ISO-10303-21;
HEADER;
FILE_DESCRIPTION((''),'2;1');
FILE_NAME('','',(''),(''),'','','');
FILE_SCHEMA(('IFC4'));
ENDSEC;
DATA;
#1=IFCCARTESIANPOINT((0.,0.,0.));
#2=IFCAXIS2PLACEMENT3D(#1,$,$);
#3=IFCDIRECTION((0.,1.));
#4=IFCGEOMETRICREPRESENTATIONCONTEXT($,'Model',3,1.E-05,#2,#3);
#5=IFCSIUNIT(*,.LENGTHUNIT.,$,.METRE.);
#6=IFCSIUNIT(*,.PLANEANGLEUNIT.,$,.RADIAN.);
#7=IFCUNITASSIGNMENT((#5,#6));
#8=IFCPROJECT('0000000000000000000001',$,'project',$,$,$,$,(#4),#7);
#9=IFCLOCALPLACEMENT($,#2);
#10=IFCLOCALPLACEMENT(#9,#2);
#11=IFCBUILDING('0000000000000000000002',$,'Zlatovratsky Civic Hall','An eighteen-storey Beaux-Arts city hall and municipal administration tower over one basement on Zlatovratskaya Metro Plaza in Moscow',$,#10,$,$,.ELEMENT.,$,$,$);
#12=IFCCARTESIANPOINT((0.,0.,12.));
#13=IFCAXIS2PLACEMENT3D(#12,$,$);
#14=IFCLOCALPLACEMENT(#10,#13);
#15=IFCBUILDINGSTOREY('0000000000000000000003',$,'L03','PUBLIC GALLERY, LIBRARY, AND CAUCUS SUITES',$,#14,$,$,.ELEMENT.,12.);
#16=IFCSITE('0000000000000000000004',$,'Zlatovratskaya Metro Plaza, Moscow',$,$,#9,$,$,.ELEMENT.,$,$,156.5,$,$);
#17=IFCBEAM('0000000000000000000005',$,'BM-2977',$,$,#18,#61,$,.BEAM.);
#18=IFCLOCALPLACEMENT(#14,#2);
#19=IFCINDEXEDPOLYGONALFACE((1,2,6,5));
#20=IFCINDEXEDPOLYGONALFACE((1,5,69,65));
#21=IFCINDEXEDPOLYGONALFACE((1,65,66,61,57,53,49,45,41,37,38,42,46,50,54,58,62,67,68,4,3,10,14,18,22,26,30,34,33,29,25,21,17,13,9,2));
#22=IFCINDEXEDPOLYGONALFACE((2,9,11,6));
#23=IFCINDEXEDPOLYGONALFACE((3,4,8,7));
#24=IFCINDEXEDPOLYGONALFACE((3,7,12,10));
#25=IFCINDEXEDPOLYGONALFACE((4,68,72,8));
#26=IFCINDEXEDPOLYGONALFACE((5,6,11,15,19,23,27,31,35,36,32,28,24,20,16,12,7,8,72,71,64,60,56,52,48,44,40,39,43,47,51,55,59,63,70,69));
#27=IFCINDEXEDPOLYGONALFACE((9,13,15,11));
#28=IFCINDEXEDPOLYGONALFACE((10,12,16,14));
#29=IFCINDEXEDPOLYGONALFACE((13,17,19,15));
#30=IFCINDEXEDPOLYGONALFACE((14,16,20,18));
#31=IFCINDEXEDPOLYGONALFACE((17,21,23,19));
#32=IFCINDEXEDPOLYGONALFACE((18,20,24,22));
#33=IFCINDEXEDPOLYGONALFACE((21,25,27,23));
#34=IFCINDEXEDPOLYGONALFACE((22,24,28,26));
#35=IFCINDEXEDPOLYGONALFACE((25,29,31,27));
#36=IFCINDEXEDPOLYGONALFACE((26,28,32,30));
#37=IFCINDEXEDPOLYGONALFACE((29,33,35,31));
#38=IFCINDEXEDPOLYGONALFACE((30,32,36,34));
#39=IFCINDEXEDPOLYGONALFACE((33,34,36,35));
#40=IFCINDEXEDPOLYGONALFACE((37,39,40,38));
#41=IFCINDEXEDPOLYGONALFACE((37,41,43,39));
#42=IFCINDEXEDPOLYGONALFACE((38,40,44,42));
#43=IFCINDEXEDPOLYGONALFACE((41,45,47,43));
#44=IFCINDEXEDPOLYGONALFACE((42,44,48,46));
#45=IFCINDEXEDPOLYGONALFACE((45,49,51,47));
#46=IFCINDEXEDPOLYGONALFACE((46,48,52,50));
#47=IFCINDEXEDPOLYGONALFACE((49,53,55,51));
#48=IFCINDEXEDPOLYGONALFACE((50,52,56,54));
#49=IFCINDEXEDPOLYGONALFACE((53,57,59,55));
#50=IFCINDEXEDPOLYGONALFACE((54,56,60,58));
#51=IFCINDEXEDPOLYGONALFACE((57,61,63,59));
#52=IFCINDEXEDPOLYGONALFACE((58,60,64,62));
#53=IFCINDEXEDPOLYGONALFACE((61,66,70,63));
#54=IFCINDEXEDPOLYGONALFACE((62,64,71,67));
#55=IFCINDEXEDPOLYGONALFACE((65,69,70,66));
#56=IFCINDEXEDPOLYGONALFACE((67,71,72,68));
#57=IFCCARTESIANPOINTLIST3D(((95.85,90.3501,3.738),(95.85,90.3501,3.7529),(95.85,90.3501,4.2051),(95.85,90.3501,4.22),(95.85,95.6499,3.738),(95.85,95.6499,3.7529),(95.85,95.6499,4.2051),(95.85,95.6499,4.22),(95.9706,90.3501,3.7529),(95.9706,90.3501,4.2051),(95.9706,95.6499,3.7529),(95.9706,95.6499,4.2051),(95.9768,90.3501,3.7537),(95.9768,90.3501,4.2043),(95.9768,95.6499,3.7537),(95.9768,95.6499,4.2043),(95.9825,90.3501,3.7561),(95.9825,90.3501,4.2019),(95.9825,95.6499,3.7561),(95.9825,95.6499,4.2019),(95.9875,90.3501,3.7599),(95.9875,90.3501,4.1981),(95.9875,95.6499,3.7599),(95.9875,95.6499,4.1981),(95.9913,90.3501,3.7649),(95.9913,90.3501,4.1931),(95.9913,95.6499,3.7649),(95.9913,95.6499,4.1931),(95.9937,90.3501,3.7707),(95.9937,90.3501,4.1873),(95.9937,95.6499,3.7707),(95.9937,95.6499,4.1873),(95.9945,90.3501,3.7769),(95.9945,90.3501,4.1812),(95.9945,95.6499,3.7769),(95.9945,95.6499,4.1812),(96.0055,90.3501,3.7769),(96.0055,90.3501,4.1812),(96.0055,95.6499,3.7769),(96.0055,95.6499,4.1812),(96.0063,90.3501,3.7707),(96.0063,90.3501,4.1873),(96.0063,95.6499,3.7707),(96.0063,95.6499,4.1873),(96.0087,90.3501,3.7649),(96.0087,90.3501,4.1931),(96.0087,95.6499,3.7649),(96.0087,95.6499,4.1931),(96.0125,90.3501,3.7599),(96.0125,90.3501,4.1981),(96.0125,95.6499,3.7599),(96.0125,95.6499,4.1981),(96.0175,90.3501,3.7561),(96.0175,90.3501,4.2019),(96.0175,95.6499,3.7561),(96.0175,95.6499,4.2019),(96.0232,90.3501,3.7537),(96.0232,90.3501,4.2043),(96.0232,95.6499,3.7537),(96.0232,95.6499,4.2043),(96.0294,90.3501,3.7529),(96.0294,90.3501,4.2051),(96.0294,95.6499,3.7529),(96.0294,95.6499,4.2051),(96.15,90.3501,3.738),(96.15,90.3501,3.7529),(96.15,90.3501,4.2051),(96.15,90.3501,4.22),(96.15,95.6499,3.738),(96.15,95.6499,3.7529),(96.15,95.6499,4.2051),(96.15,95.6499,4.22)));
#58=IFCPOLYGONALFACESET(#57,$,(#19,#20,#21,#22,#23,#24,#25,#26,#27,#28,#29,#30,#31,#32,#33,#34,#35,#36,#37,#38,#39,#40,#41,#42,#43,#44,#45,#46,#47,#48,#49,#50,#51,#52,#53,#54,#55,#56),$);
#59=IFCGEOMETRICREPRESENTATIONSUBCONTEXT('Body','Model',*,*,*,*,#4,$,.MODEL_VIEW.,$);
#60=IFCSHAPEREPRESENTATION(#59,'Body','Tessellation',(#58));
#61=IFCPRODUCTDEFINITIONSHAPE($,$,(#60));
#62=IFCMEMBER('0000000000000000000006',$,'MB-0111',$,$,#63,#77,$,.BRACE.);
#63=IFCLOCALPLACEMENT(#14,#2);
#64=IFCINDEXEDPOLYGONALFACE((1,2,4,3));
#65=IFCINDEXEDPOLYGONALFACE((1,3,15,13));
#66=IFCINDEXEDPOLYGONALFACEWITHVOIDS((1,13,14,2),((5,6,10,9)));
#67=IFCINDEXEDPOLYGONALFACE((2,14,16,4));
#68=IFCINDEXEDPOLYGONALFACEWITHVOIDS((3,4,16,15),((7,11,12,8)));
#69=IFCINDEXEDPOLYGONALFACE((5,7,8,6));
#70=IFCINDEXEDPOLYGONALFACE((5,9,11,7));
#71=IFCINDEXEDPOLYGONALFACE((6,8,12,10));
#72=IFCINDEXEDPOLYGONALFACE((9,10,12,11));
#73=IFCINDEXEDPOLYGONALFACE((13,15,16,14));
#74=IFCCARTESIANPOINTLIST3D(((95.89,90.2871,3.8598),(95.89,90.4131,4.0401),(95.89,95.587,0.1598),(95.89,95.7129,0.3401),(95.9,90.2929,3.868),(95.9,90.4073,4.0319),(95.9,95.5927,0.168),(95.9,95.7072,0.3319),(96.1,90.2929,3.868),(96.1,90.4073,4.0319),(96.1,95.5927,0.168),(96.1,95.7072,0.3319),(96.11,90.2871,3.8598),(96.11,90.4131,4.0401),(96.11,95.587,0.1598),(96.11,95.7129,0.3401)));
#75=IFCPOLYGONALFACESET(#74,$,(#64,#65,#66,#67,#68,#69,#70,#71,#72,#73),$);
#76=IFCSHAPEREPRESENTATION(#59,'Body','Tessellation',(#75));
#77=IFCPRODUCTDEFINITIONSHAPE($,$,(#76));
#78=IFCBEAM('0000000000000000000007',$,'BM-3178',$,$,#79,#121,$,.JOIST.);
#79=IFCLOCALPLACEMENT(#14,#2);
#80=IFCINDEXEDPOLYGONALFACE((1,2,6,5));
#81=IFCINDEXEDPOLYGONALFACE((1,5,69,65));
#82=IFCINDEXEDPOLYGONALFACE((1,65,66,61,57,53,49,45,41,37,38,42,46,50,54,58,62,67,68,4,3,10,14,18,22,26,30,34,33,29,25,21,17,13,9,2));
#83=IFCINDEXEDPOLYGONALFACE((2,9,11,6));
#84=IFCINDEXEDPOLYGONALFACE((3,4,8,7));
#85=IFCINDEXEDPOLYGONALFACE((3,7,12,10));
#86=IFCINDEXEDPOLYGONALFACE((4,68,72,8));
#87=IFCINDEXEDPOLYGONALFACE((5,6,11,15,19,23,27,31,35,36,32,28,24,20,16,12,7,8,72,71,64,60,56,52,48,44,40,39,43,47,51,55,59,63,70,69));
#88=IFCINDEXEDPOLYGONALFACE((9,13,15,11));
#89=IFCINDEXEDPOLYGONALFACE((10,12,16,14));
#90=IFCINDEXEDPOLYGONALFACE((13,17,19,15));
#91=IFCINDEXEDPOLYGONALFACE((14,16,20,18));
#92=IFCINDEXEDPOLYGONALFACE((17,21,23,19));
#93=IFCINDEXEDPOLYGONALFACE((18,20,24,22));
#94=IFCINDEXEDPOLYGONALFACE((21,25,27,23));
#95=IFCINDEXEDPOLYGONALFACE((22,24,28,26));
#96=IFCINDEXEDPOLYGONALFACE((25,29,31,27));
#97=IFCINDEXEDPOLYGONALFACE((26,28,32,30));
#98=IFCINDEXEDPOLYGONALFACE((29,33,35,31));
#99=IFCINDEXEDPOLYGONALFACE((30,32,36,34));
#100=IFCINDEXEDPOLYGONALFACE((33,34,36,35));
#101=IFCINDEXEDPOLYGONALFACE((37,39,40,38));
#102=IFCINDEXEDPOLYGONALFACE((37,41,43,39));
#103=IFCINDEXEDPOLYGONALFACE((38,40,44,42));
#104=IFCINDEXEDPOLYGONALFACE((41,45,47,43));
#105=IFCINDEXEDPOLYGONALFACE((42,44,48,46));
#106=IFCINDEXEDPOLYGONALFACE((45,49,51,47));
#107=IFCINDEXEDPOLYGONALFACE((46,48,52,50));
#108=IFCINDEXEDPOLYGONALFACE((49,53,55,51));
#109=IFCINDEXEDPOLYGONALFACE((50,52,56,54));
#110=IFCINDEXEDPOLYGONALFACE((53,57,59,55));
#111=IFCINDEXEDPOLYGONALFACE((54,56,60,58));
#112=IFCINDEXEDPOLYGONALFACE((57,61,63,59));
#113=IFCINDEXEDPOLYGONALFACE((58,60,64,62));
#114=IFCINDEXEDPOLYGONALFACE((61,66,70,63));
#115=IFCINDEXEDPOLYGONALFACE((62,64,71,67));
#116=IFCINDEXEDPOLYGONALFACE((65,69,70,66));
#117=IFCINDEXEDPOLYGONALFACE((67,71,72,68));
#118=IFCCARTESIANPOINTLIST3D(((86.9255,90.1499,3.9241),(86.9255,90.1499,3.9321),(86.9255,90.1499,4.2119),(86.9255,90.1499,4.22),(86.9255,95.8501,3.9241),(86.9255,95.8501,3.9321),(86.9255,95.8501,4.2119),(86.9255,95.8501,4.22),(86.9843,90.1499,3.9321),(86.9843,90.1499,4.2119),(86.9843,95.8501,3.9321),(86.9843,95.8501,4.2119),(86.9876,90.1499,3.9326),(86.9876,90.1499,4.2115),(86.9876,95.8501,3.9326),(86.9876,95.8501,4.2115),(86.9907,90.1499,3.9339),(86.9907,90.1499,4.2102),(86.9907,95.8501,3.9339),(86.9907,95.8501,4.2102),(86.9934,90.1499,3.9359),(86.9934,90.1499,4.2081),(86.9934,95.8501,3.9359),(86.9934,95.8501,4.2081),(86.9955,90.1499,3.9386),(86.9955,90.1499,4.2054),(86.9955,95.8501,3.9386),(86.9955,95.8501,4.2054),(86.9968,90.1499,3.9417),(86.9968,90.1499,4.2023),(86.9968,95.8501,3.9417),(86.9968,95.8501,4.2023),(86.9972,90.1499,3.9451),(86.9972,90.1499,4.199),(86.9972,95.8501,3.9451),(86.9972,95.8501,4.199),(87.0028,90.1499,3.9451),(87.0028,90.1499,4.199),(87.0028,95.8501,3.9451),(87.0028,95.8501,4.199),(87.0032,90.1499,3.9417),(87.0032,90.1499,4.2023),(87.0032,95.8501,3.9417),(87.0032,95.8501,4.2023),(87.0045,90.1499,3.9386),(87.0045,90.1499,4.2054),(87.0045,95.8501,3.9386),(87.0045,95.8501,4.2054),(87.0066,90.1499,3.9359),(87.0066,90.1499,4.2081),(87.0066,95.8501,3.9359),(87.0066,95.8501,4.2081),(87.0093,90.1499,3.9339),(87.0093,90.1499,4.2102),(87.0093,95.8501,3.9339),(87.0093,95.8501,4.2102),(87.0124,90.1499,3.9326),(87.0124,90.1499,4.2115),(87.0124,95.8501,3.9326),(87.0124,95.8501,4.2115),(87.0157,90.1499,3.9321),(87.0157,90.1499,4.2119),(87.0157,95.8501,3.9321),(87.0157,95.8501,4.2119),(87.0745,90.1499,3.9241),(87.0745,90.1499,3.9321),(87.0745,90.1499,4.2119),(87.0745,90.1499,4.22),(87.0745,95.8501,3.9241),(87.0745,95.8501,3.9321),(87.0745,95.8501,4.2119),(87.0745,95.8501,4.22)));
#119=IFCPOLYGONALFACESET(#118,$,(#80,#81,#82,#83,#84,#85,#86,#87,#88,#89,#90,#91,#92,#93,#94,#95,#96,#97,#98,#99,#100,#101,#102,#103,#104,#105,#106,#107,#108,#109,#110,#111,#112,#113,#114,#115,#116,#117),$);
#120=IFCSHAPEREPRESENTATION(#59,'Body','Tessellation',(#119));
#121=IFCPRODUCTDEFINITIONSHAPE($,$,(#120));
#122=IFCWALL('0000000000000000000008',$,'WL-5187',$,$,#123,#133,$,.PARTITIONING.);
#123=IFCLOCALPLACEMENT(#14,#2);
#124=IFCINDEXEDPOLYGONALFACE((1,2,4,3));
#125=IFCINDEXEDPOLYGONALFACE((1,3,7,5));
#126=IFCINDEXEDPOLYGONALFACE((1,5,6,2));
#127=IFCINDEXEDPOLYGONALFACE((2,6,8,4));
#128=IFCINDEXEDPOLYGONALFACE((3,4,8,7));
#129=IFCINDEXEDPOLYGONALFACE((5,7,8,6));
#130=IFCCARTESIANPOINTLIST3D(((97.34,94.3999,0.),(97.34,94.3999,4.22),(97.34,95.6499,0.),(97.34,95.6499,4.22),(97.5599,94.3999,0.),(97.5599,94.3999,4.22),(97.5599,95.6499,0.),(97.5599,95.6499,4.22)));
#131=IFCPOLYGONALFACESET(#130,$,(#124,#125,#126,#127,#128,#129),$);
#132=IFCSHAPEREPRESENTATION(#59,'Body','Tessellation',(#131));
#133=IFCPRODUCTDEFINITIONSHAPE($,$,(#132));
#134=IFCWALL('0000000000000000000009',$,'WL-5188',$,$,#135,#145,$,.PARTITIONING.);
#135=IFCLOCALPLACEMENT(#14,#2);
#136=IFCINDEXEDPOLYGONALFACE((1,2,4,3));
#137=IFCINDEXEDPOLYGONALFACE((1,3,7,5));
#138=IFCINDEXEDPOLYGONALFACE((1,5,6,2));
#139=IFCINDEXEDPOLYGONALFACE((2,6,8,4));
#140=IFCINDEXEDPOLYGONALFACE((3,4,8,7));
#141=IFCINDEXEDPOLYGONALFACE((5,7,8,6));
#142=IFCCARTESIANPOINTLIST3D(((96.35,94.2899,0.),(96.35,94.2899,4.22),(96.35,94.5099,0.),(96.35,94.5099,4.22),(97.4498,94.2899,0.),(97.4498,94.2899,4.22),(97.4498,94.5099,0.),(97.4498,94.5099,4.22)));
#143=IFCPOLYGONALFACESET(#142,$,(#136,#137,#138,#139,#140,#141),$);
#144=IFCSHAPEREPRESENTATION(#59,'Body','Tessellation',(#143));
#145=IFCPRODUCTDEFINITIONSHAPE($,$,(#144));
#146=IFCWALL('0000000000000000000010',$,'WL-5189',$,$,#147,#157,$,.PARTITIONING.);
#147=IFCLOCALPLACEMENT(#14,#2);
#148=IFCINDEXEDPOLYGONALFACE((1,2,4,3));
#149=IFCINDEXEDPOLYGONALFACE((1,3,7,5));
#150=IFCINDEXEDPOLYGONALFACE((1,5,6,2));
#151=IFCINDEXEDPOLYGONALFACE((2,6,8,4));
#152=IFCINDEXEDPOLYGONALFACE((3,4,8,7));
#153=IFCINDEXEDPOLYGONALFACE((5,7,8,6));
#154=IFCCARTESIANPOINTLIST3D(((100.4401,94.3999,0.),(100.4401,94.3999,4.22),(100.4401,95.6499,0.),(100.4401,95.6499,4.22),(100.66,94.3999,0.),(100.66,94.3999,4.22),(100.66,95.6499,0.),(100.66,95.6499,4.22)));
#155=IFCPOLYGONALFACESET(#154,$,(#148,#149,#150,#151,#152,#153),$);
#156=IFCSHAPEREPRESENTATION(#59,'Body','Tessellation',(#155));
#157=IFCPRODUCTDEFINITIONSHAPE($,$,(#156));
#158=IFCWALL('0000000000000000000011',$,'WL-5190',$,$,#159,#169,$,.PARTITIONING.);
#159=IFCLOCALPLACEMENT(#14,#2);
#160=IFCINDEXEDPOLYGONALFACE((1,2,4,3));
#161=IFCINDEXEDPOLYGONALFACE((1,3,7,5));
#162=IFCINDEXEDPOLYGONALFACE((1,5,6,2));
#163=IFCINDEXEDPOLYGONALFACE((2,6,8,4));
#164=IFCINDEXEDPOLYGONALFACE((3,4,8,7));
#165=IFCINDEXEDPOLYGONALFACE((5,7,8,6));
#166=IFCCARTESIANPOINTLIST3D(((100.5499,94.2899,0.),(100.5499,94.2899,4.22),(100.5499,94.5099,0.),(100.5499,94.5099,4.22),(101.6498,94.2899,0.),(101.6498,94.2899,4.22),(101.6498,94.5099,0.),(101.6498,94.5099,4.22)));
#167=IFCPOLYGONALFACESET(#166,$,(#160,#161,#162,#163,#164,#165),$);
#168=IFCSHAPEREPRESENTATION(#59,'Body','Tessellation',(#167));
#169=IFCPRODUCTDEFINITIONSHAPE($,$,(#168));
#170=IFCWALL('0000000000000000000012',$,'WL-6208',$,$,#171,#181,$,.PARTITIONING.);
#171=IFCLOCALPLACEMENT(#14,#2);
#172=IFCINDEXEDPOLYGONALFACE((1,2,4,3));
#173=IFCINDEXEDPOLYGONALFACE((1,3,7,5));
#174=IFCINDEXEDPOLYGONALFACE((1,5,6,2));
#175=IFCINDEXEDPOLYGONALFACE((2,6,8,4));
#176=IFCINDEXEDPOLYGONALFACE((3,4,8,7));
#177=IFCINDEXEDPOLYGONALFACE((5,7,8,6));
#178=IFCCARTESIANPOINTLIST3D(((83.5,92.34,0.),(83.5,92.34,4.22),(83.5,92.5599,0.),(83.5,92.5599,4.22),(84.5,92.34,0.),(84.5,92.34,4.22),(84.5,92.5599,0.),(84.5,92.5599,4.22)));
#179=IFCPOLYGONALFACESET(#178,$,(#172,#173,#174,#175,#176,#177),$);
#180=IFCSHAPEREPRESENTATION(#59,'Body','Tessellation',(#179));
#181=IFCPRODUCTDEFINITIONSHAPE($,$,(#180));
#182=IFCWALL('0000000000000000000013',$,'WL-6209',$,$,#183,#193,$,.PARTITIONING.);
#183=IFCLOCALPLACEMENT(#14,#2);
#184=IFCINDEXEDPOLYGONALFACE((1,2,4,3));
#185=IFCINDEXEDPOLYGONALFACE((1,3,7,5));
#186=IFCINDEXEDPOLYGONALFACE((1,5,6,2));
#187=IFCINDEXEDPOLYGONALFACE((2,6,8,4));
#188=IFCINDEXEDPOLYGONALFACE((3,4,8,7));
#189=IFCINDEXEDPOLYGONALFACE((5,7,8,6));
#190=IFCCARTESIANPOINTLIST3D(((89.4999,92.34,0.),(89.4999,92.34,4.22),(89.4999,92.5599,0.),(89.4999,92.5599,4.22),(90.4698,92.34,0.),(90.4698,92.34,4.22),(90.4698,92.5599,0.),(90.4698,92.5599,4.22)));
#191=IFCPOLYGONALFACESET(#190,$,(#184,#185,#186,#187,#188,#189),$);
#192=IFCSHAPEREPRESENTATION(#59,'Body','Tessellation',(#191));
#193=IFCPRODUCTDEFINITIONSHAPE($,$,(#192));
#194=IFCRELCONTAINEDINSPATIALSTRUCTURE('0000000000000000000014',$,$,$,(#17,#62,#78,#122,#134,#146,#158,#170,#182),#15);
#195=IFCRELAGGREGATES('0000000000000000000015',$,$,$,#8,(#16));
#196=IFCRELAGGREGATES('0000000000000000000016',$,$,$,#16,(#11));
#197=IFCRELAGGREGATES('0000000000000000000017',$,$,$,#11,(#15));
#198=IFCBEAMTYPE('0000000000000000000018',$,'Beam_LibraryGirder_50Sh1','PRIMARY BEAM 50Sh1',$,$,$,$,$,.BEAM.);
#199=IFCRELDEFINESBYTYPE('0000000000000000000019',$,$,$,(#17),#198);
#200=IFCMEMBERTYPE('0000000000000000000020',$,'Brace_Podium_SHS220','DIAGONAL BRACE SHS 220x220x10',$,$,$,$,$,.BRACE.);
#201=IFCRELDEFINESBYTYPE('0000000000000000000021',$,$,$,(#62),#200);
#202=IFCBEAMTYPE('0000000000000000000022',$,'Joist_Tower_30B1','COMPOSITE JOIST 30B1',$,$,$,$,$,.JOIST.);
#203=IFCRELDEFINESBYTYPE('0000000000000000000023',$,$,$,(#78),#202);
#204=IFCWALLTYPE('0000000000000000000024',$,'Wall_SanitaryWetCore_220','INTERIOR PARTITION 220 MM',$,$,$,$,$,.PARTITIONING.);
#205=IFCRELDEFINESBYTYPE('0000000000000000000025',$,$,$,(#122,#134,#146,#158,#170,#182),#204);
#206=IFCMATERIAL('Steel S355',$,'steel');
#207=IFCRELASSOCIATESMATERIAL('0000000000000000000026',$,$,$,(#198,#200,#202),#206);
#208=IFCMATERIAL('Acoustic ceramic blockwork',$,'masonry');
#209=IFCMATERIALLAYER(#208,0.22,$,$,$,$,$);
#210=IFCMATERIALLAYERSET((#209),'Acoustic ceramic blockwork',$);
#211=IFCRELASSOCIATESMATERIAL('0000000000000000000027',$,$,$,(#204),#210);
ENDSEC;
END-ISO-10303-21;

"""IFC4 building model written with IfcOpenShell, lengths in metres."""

from ifc_helpers import new_model, si_unit, direction, frame, frame_2d, origin, origin_2d, place, context, subcontext, project, spatial, rectangle, hollow_rectangle, i_section, extrude, material, layer, layer_set, material_profile, profile_set, type_object, element, save


model = new_model("IFC4")

# Units and contexts
model_context = context("Model", 3, precision=1e-05, world=origin(), true_north=direction((0.0, 1.0)))
body_context = subcontext(model_context, "Body", "Model", "MODEL_VIEW")
ifc_project = project(units=[si_unit("LENGTHUNIT", "METRE"), si_unit("PLANEANGLEUNIT", "RADIAN")], contexts=[model_context])

# Site, building, storey
site_placement = place(None, origin())
site = spatial("IfcSite", under=ifc_project, at=site_placement, Name="Zlatovratskaya Metro Plaza, Moscow", CompositionType="ELEMENT", RefElevation=156.5)
building_placement = place(site_placement, origin())
building = spatial("IfcBuilding", under=site, at=building_placement, Name="Zlatovratsky Civic Hall", Description="An eighteen-storey Beaux-Arts city hall and municipal administration tower over one basement on Zlatovratskaya Metro Plaza in Moscow", CompositionType="ELEMENT")
storey_placement = place(building_placement, frame((0.0, 0.0, 12.0)))
storey = spatial("IfcBuildingStorey", under=building, at=storey_placement, Name="L03", Description="PUBLIC GALLERY, LIBRARY, AND CAUCUS SUITES", CompositionType="ELEMENT", Elevation=12.0)

# Shared definitions
ifc_material_1 = material(Name="Steel S355", Category="steel")

# Beam
ifc_material_profile_1 = material_profile(ifc_material_1, i_section(OverallWidth=0.3, OverallDepth=0.4819, WebThickness=0.011, FlangeThickness=0.0149, FilletRadius=0.0239, at=origin_2d()), Name="50Sh1")
ifc_profile_set_1 = profile_set([ifc_material_profile_1], Name="Steel S355")
beam_type_1 = type_object("IfcBeamType", Name="Beam_LibraryGirder_50Sh1", Description="PRIMARY BEAM 50Sh1", PredefinedType="BEAM", material=ifc_profile_set_1)
beam_1_placement = place(storey_placement, frame((96.0, 90.3501, 3.979), z_axis=(0.0, 1.0, 0.0), x_axis=(-1.0, 0.0, 0.0)))
element("IfcBeam", 1, at=beam_1_placement, inside=storey, type_object=beam_type_1, Name="BM-2977", PredefinedType="BEAM", context=body_context, shape_type="SweptSolid", body=[
    extrude(i_section(OverallWidth=0.3, OverallDepth=0.4819, WebThickness=0.011, FlangeThickness=0.0149, FilletRadius=0.0239, at=origin_2d()), origin(), (0.0, 0.0, 1.0), 5.2998),
])

# Member
ifc_material_profile_2 = material_profile(ifc_material_1, hollow_rectangle(XDim=0.22, YDim=0.22, WallThickness=0.01, at=origin_2d()), Name="SHS 220x220x10")
ifc_profile_set_2 = profile_set([ifc_material_profile_2], Name="Steel S355")
member_type = type_object("IfcMemberType", Name="Brace_Podium_SHS220", Description="DIAGONAL BRACE SHS 220x220x10", PredefinedType="BRACE", material=ifc_profile_set_2)
member_placement = place(storey_placement, frame((96.0, 90.3501, 3.95), z_axis=(0.0, 0.819952, -0.572433), x_axis=(-1.0, 0.0, 0.0)))
element("IfcMember", 2, at=member_placement, inside=storey, type_object=member_type, Name="MB-0111", PredefinedType="BRACE", context=body_context, shape_type="SweptSolid", body=[
    extrude(hollow_rectangle(XDim=0.22, YDim=0.22, WallThickness=0.01, at=origin_2d()), origin(), (0.0, 0.0, 1.0), 6.4636),
])

# Beam
ifc_material_profile_3 = material_profile(ifc_material_1, i_section(OverallWidth=0.1489, OverallDepth=0.2959, WebThickness=0.0056, FlangeThickness=0.0081, FilletRadius=0.0129, at=origin_2d()), Name="30B1")
ifc_profile_set_3 = profile_set([ifc_material_profile_3], Name="Steel S355")
beam_type_2 = type_object("IfcBeamType", Name="Joist_Tower_30B1", Description="COMPOSITE JOIST 30B1", PredefinedType="JOIST", material=ifc_profile_set_3)
beam_2_placement = place(storey_placement, frame((87.0, 90.1499, 4.072), z_axis=(0.0, 1.0, 0.0), x_axis=(-1.0, 0.0, 0.0)))
element("IfcBeam", 3, at=beam_2_placement, inside=storey, type_object=beam_type_2, Name="BM-3178", PredefinedType="JOIST", context=body_context, shape_type="SweptSolid", body=[
    extrude(i_section(OverallWidth=0.1489, OverallDepth=0.2959, WebThickness=0.0056, FlangeThickness=0.0081, FilletRadius=0.0129, at=origin_2d()), origin(), (0.0, 0.0, 1.0), 5.7002),
])

# Walls
ifc_material_2 = material(Name="Acoustic ceramic blockwork", Category="masonry")
ifc_layer_1 = layer(ifc_material_2, 0.22)
ifc_layer_set_1 = layer_set([ifc_layer_1], Name="Acoustic ceramic blockwork")
wall_type_1 = type_object("IfcWallType", Name="Wall_SanitaryWetCore_220", Description="INTERIOR PARTITION 220 MM", PredefinedType="PARTITIONING", material=ifc_layer_set_1)
wall_1_placement = place(storey_placement, frame((97.45, 94.3999, 0.0), z_axis=(0.0, 0.0, 1.0), x_axis=(0.0, 1.0, 0.0)))
element("IfcWall", 4, at=wall_1_placement, inside=storey, type_object=wall_type_1, Name="WL-5187", PredefinedType="PARTITIONING", context=body_context, shape_type="SweptSolid", body=[
    extrude(rectangle(XDim=1.25, YDim=0.22, at=frame_2d((0.625, 0.0))), origin(), (0.0, 0.0, 1.0), 4.22),
])
wall_2_placement = place(storey_placement, frame((96.3501, 94.3999, 0.0), z_axis=(0.0, 0.0, 1.0), x_axis=(1.0, 0.0, 0.0)))
element("IfcWall", 5, at=wall_2_placement, inside=storey, type_object=wall_type_1, Name="WL-5188", PredefinedType="PARTITIONING", context=body_context, shape_type="SweptSolid", body=[
    extrude(rectangle(XDim=1.0999, YDim=0.22, at=frame_2d((0.5498, 0.0))), origin(), (0.0, 0.0, 1.0), 4.22),
])
wall_3_placement = place(storey_placement, frame((100.55, 94.3999, 0.0), z_axis=(0.0, 0.0, 1.0), x_axis=(0.0, 1.0, 0.0)))
element("IfcWall", 6, at=wall_3_placement, inside=storey, type_object=wall_type_1, Name="WL-5189", PredefinedType="PARTITIONING", context=body_context, shape_type="SweptSolid", body=[
    extrude(rectangle(XDim=1.25, YDim=0.22, at=frame_2d((0.625, 0.0))), origin(), (0.0, 0.0, 1.0), 4.22),
])
wall_4_placement = place(storey_placement, frame((100.55, 94.3999, 0.0), z_axis=(0.0, 0.0, 1.0), x_axis=(1.0, 0.0, 0.0)))
element("IfcWall", 7, at=wall_4_placement, inside=storey, type_object=wall_type_1, Name="WL-5190", PredefinedType="PARTITIONING", context=body_context, shape_type="SweptSolid", body=[
    extrude(rectangle(XDim=1.0999, YDim=0.22, at=frame_2d((0.5498, 0.0))), origin(), (0.0, 0.0, 1.0), 4.22),
])
wall_5_placement = place(storey_placement, frame((83.5, 92.45, 0.0), z_axis=(0.0, 0.0, 1.0), x_axis=(1.0, 0.0, 0.0)))
element("IfcWall", 8, at=wall_5_placement, inside=storey, type_object=wall_type_1, Name="WL-6208", PredefinedType="PARTITIONING", context=body_context, shape_type="SweptSolid", body=[
    extrude(rectangle(XDim=1.0, YDim=0.22, at=frame_2d((0.5, 0.0))), origin(), (0.0, 0.0, 1.0), 4.22),
])
wall_6_placement = place(storey_placement, frame((89.5, 92.45, 0.0), z_axis=(0.0, 0.0, 1.0), x_axis=(1.0, 0.0, 0.0)))
element("IfcWall", 9, at=wall_6_placement, inside=storey, type_object=wall_type_1, Name="WL-6209", PredefinedType="PARTITIONING", context=body_context, shape_type="SweptSolid", body=[
    extrude(rectangle(XDim=0.97, YDim=0.22, at=frame_2d((0.4849, 0.0))), origin(), (0.0, 0.0, 1.0), 4.22),
])

save(model, "model.ifc")
